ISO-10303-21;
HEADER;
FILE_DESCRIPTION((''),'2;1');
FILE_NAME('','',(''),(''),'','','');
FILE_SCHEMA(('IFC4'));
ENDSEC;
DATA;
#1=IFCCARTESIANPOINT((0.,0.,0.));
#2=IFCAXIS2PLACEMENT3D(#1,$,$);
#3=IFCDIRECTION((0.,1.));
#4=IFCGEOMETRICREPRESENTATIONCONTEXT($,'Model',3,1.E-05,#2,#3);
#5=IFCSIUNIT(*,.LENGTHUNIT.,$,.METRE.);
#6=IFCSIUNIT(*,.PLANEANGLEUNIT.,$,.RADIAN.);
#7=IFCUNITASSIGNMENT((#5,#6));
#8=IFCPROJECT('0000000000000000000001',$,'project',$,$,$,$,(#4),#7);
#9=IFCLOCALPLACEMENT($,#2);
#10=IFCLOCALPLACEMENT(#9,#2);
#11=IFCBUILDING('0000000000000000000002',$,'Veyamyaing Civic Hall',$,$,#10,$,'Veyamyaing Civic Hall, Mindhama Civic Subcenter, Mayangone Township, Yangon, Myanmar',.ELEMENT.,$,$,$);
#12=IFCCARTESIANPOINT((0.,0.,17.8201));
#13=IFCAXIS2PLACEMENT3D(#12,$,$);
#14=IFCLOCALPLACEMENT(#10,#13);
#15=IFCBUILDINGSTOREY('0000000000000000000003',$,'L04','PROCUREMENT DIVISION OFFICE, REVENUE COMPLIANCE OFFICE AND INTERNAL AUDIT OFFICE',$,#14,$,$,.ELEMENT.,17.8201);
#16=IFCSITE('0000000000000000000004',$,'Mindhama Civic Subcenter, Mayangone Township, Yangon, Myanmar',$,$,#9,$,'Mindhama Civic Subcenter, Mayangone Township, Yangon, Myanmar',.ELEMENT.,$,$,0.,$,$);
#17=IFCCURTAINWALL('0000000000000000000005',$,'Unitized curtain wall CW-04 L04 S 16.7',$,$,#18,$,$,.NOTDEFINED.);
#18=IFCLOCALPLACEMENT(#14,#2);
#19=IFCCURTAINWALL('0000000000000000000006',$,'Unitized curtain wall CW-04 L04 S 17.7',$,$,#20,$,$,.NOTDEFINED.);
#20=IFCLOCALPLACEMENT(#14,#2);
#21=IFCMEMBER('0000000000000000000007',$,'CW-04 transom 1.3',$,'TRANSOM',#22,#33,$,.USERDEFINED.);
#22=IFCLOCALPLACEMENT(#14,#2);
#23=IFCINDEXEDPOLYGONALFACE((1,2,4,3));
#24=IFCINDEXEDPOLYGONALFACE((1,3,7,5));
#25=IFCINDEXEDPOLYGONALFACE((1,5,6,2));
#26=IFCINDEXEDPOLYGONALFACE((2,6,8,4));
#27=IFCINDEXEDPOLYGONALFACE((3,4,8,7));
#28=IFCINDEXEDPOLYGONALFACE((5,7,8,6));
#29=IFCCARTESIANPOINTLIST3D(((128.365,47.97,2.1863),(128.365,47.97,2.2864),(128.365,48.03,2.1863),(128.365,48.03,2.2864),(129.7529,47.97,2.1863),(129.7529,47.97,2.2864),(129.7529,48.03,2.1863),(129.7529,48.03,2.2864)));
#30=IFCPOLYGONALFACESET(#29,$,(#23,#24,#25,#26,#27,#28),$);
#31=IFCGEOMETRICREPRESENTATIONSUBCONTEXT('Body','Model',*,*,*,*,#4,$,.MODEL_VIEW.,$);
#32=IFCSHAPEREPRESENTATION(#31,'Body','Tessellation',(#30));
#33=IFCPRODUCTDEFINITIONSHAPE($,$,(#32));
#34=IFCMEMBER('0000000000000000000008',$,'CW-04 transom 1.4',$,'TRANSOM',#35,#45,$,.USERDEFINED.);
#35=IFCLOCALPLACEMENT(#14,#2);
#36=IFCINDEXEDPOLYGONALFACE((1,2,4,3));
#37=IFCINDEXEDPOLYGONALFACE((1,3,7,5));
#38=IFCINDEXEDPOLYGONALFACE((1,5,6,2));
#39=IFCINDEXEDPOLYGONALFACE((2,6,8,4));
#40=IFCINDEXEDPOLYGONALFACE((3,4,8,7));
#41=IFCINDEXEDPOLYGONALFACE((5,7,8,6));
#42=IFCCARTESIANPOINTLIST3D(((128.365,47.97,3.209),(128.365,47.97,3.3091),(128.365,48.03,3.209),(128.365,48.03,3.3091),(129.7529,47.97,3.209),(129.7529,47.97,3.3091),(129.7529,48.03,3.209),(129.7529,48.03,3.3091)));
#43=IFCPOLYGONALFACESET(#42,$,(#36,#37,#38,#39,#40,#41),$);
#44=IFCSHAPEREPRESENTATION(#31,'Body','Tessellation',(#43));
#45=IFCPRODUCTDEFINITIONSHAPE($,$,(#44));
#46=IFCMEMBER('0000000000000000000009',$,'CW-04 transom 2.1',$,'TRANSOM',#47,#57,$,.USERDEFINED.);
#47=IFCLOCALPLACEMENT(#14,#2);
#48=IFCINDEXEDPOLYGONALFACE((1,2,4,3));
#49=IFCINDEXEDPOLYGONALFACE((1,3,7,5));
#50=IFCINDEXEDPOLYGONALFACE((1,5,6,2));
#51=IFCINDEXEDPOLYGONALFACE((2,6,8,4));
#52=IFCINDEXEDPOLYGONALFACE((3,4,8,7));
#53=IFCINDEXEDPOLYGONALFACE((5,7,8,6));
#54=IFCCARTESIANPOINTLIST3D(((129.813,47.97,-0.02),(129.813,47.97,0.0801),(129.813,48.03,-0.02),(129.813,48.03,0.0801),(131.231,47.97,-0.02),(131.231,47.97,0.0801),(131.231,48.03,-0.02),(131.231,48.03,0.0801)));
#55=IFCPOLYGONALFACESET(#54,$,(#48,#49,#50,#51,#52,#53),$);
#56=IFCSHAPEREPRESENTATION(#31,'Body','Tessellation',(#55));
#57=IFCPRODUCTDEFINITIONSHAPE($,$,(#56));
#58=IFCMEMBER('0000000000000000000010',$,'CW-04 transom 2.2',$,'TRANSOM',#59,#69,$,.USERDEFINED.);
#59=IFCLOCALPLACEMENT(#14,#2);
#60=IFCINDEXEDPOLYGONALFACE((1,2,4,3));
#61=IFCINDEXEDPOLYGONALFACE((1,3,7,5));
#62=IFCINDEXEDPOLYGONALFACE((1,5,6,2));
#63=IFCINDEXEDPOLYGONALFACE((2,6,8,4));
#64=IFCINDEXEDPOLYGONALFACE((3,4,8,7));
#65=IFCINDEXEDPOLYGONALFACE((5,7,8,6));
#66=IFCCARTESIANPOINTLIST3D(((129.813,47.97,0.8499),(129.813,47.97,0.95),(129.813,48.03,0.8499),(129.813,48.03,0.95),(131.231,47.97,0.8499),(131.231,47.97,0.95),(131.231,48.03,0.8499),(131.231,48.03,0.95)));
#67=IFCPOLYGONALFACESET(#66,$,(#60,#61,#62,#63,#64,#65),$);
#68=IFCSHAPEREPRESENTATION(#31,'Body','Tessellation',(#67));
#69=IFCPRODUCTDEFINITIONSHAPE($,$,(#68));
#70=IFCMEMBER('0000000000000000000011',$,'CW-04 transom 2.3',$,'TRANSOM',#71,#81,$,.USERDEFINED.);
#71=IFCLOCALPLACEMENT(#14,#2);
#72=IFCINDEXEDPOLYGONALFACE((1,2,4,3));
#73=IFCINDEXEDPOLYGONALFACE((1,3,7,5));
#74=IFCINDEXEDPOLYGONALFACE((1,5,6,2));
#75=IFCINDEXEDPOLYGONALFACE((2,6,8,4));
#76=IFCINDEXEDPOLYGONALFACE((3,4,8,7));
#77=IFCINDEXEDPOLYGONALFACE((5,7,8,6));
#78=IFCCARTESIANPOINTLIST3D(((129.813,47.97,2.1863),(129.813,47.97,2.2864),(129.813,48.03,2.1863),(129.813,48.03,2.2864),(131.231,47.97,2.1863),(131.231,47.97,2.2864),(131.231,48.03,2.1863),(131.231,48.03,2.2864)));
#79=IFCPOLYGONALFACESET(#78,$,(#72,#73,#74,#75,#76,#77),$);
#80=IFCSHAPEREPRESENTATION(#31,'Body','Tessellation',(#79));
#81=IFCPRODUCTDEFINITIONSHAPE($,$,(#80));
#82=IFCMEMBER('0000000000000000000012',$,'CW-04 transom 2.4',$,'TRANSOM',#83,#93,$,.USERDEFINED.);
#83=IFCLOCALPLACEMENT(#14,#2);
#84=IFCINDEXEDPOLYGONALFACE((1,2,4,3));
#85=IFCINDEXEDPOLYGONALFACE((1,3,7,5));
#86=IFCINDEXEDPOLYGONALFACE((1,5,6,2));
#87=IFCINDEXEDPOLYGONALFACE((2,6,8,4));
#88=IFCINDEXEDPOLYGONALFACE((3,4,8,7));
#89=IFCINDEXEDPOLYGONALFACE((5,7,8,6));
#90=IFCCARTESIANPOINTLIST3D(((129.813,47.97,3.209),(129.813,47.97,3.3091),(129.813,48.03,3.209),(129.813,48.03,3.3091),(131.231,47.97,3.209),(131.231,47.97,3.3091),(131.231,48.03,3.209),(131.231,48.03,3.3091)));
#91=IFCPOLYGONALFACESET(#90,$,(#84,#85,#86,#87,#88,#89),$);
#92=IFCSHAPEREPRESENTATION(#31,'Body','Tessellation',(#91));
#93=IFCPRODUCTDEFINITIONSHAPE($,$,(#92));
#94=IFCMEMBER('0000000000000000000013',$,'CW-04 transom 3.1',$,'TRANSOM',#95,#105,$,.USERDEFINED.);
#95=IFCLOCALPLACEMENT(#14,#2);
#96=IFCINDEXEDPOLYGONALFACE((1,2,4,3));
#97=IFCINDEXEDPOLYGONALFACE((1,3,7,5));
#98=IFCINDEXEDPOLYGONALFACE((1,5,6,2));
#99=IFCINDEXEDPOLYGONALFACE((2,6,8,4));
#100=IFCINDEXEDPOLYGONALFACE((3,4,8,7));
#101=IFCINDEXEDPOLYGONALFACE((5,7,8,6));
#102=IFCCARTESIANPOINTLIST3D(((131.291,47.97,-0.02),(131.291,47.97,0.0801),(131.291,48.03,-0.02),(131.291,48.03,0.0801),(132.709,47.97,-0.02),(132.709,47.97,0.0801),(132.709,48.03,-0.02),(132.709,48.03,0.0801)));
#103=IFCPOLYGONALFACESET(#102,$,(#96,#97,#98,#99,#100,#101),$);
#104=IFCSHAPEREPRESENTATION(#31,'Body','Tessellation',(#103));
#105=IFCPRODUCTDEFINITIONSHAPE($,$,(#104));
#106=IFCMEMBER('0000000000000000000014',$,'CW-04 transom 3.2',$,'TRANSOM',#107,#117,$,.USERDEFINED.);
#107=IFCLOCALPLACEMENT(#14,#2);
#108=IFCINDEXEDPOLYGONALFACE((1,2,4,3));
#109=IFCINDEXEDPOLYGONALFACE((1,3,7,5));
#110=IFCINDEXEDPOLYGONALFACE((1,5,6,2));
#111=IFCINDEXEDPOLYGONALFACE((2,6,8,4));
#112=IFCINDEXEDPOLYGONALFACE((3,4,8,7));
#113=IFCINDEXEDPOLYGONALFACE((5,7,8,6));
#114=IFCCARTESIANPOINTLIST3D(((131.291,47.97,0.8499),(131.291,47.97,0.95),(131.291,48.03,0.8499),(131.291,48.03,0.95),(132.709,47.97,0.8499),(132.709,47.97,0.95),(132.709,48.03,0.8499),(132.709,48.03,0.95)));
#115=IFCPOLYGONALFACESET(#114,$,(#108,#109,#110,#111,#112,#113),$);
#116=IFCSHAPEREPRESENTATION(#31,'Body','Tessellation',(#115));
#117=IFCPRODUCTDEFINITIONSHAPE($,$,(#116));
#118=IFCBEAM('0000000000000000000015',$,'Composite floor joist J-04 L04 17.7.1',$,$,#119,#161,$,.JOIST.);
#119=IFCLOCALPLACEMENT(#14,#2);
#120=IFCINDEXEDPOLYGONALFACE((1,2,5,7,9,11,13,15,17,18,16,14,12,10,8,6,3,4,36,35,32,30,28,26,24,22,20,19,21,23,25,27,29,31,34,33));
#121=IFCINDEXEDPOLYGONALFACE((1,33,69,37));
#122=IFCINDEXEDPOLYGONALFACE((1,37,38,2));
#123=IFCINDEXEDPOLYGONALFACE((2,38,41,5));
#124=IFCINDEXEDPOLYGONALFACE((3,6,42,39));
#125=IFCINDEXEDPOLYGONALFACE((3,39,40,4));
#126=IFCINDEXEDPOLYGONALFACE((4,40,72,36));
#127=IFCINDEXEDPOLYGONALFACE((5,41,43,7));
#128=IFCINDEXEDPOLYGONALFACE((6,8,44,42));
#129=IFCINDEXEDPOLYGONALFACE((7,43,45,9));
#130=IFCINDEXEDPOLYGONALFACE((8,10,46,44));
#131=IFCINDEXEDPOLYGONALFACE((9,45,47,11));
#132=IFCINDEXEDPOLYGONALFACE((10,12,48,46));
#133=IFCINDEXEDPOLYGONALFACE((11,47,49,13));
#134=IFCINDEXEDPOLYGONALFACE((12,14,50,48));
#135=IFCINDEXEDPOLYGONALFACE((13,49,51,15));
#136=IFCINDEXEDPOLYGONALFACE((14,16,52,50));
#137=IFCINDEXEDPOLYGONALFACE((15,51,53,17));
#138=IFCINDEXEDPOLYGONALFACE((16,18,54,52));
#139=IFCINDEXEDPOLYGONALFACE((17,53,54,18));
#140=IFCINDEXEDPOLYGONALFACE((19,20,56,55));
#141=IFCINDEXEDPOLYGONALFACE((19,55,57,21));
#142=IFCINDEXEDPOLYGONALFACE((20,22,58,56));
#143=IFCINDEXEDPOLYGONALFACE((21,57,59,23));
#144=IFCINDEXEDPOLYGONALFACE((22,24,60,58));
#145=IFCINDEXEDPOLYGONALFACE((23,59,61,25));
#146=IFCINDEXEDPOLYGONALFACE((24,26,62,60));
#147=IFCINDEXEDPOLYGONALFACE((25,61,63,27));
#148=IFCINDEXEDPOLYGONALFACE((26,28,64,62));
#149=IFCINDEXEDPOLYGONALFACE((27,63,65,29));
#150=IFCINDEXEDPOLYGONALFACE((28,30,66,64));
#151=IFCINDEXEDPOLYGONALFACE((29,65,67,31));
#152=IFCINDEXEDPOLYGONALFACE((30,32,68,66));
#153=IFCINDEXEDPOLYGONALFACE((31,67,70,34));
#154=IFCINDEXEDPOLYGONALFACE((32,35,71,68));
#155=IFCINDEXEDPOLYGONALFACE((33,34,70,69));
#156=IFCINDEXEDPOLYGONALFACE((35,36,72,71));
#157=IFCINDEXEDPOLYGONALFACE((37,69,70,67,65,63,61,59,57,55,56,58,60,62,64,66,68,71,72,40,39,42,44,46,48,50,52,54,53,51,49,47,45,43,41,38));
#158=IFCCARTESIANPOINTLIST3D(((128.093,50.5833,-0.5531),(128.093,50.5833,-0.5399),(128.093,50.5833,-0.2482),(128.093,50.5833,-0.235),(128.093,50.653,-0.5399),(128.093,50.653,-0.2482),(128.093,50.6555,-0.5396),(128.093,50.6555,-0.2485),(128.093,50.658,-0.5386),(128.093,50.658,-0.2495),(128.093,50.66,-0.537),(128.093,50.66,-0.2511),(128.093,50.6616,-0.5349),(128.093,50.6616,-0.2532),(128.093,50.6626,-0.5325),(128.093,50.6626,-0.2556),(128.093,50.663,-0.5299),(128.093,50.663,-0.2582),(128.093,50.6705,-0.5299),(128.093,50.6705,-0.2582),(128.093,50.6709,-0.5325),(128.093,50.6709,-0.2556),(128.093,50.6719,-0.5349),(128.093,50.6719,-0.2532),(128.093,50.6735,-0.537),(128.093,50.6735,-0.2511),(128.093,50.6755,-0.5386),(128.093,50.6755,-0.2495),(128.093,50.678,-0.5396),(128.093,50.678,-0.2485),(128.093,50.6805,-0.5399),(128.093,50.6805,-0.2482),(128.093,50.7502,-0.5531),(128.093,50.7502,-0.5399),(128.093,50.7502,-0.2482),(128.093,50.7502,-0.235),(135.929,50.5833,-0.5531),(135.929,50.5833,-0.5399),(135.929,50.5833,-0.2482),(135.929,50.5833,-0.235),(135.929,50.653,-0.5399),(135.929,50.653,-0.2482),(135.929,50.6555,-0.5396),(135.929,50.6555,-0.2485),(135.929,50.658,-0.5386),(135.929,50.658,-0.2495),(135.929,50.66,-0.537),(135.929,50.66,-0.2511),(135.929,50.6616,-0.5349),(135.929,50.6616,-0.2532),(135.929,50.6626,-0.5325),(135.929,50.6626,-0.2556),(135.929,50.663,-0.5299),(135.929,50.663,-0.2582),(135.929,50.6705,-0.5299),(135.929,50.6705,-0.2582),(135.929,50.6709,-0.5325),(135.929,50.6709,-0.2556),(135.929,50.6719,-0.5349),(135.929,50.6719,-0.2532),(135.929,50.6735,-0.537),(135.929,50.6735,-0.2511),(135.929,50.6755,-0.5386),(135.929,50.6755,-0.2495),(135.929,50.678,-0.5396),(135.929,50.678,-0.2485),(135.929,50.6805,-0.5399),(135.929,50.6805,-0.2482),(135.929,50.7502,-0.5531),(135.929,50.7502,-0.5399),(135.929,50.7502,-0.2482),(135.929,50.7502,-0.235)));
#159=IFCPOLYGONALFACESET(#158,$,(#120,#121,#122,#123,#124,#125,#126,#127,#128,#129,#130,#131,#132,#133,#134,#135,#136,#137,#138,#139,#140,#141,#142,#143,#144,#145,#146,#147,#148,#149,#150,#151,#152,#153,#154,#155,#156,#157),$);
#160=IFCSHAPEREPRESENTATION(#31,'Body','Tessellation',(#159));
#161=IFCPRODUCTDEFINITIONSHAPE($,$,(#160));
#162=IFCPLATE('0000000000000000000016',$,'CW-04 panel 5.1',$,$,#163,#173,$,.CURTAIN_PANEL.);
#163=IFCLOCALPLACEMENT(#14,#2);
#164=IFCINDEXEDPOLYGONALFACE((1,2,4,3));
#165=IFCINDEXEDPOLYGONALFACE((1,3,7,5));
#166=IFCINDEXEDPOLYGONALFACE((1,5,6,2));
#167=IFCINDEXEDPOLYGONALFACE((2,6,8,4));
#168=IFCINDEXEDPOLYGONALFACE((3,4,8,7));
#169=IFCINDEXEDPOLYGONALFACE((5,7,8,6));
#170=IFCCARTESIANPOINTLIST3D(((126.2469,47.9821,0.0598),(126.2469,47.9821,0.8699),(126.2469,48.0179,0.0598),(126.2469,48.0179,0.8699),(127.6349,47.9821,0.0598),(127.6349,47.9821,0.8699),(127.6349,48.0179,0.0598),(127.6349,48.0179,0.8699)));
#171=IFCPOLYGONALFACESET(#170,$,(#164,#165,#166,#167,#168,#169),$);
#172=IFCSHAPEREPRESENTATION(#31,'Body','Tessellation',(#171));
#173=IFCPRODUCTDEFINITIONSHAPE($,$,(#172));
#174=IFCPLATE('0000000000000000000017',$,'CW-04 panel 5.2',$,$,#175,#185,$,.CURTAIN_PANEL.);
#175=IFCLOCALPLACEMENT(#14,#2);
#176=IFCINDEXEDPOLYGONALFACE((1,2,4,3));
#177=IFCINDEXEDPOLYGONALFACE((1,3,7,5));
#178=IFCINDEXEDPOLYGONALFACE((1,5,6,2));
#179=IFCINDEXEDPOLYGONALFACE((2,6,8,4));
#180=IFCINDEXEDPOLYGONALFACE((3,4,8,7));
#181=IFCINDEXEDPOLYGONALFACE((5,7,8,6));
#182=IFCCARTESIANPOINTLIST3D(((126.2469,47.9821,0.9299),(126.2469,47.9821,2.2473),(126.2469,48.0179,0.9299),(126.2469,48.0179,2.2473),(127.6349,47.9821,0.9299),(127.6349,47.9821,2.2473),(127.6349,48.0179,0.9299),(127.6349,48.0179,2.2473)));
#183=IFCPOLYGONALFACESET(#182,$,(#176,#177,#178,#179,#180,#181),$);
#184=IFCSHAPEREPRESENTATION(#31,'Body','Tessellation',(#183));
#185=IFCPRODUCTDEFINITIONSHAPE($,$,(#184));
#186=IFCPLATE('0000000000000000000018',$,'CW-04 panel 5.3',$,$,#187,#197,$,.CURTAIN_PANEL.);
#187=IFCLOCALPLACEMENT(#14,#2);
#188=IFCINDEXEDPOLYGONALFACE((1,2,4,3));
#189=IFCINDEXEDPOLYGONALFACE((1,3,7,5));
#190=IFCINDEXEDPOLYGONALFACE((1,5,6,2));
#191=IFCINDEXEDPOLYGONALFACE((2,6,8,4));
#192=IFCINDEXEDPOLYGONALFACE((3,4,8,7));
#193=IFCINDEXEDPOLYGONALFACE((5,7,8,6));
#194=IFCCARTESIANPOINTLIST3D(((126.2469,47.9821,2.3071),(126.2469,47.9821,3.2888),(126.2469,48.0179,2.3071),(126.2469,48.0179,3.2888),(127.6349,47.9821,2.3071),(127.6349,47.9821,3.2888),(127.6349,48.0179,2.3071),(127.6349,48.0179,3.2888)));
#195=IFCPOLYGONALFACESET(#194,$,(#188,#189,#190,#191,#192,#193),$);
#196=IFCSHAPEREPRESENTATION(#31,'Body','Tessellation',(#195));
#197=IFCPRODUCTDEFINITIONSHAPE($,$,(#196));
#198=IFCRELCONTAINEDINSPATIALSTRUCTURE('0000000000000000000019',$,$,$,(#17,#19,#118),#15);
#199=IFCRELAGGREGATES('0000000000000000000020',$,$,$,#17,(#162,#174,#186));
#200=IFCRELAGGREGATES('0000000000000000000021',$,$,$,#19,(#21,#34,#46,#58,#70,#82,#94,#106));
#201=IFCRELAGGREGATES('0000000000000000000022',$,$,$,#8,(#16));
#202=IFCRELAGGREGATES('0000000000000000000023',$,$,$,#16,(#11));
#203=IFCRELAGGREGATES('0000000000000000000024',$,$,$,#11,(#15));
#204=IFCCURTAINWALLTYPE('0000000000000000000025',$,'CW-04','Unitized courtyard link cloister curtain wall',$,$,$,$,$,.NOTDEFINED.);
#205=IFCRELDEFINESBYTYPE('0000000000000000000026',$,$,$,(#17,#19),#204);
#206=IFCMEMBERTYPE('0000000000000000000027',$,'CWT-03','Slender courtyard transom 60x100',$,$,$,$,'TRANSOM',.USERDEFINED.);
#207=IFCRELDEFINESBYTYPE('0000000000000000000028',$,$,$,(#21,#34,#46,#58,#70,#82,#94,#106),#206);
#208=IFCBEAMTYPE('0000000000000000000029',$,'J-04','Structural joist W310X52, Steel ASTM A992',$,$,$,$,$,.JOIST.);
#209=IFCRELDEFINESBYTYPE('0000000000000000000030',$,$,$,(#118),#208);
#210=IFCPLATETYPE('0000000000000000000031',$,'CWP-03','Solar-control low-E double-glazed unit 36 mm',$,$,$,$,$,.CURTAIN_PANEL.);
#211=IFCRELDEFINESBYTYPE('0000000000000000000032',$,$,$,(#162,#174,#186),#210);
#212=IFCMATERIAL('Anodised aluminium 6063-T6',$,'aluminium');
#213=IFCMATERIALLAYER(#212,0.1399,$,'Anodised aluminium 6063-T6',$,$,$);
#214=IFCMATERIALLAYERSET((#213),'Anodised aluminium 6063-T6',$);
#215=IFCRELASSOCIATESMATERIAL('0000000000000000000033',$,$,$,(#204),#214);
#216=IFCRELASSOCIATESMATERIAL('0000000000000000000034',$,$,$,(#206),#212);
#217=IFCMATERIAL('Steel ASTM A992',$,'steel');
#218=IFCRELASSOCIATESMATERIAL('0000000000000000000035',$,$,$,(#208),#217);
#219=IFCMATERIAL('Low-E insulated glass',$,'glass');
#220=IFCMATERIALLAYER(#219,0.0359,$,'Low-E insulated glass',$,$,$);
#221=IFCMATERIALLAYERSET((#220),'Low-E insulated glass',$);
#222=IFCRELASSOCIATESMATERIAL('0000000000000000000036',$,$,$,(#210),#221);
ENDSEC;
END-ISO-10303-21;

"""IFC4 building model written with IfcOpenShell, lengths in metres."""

from ifc_helpers import new_model, si_unit, direction, frame, origin, origin_2d, place, context, subcontext, project, spatial, rectangle, i_section, extrude, material, layer, layer_set, material_profile, profile_set, type_object, element, aggregate, save


model = new_model("IFC4")

# Units and contexts
model_context = context("Model", 3, precision=1e-05, world=origin(), true_north=direction((0.0, 1.0)))
body_context = subcontext(model_context, "Body", "Model", "MODEL_VIEW")
ifc_project = project(units=[si_unit("LENGTHUNIT", "METRE"), si_unit("PLANEANGLEUNIT", "RADIAN")], contexts=[model_context])

# Site, building, storey
site_placement = place(None, origin())
site = spatial("IfcSite", under=ifc_project, at=site_placement, Name="Mindhama Civic Subcenter, Mayangone Township, Yangon, Myanmar", LongName="Mindhama Civic Subcenter, Mayangone Township, Yangon, Myanmar", CompositionType="ELEMENT", RefElevation=0.0)
building_placement = place(site_placement, origin())
building = spatial("IfcBuilding", under=site, at=building_placement, Name="Veyamyaing Civic Hall", LongName="Veyamyaing Civic Hall, Mindhama Civic Subcenter, Mayangone Township, Yangon, Myanmar", CompositionType="ELEMENT")
storey_placement = place(building_placement, frame((0.0, 0.0, 17.8201)))
storey = spatial("IfcBuildingStorey", under=building, at=storey_placement, Name="L04", Description="PROCUREMENT DIVISION OFFICE, REVENUE COMPLIANCE OFFICE AND INTERNAL AUDIT OFFICE", CompositionType="ELEMENT", Elevation=17.8201)

# Shared definitions
ifc_material_1 = material(Name="Steel ASTM A992", Category="steel")

# Curtain wall
ifc_material_2 = material(Name="Anodised aluminium 6063-T6", Category="aluminium")
ifc_layer_1 = layer(ifc_material_2, 0.1399, Name="Anodised aluminium 6063-T6")
ifc_layer_set_1 = layer_set([ifc_layer_1], Name="Anodised aluminium 6063-T6")
curtain_wall_type = type_object("IfcCurtainWallType", Name="CW-04", Description="Unitized courtyard link cloister curtain wall", PredefinedType="NOTDEFINED", material=ifc_layer_set_1)
curtain_wall_1_placement = place(storey_placement, origin())
curtain_wall_1 = element("IfcCurtainWall", 1, at=curtain_wall_1_placement, inside=storey, type_object=curtain_wall_type, Name="Unitized curtain wall CW-04 L04 S 16.7", PredefinedType="NOTDEFINED")

# Curtain wall, members
curtain_wall_2_placement = place(storey_placement, origin())
curtain_wall_2 = element("IfcCurtainWall", 2, at=curtain_wall_2_placement, inside=storey, type_object=curtain_wall_type, Name="Unitized curtain wall CW-04 L04 S 17.7", PredefinedType="NOTDEFINED")
ifc_material_profile_1 = material_profile(ifc_material_2, rectangle(XDim=0.0601, YDim=0.1001, at=origin_2d()), Name="ALU-TRN-60X100")
ifc_profile_set_1 = profile_set([ifc_material_profile_1], Name="Anodised aluminium 6063-T6")
member_type_1 = type_object("IfcMemberType", Name="CWT-03", Description="Slender courtyard transom 60x100", ElementType="TRANSOM", PredefinedType="USERDEFINED", material=ifc_profile_set_1)
member_1_placement = place(storey_placement, frame((128.365, 48.0, 2.2363), z_axis=(1.0, 0.0, 0.0), x_axis=(0.0, 1.0, 0.0)))
member_1 = element("IfcMember", 3, at=member_1_placement, type_object=member_type_1, Name="CW-04 transom 1.3", ObjectType="TRANSOM", PredefinedType="USERDEFINED", context=body_context, shape_type="SweptSolid", body=[
    extrude(rectangle(XDim=0.0601, YDim=0.1001, at=origin_2d()), origin(), (0.0, 0.0, 1.0), 1.3879),
])
member_2_placement = place(storey_placement, frame((128.365, 48.0, 3.259), z_axis=(1.0, 0.0, 0.0), x_axis=(0.0, 1.0, 0.0)))
member_2 = element("IfcMember", 4, at=member_2_placement, type_object=member_type_1, Name="CW-04 transom 1.4", ObjectType="TRANSOM", PredefinedType="USERDEFINED", context=body_context, shape_type="SweptSolid", body=[
    extrude(rectangle(XDim=0.0601, YDim=0.1001, at=origin_2d()), origin(), (0.0, 0.0, 1.0), 1.3879),
])
member_3_placement = place(storey_placement, frame((129.813, 48.0, 0.03), z_axis=(1.0, 0.0, 0.0), x_axis=(0.0, 1.0, 0.0)))
member_3 = element("IfcMember", 5, at=member_3_placement, type_object=member_type_1, Name="CW-04 transom 2.1", ObjectType="TRANSOM", PredefinedType="USERDEFINED", context=body_context, shape_type="SweptSolid", body=[
    extrude(rectangle(XDim=0.0601, YDim=0.1001, at=origin_2d()), origin(), (0.0, 0.0, 1.0), 1.418),
])
member_4_placement = place(storey_placement, frame((129.813, 48.0, 0.8999), z_axis=(1.0, 0.0, 0.0), x_axis=(0.0, 1.0, 0.0)))
member_4 = element("IfcMember", 6, at=member_4_placement, type_object=member_type_1, Name="CW-04 transom 2.2", ObjectType="TRANSOM", PredefinedType="USERDEFINED", context=body_context, shape_type="SweptSolid", body=[
    extrude(rectangle(XDim=0.0601, YDim=0.1001, at=origin_2d()), origin(), (0.0, 0.0, 1.0), 1.418),
])
member_5_placement = place(storey_placement, frame((129.813, 48.0, 2.2363), z_axis=(1.0, 0.0, 0.0), x_axis=(0.0, 1.0, 0.0)))
member_5 = element("IfcMember", 7, at=member_5_placement, type_object=member_type_1, Name="CW-04 transom 2.3", ObjectType="TRANSOM", PredefinedType="USERDEFINED", context=body_context, shape_type="SweptSolid", body=[
    extrude(rectangle(XDim=0.0601, YDim=0.1001, at=origin_2d()), origin(), (0.0, 0.0, 1.0), 1.418),
])
member_6_placement = place(storey_placement, frame((129.813, 48.0, 3.259), z_axis=(1.0, 0.0, 0.0), x_axis=(0.0, 1.0, 0.0)))
member_6 = element("IfcMember", 8, at=member_6_placement, type_object=member_type_1, Name="CW-04 transom 2.4", ObjectType="TRANSOM", PredefinedType="USERDEFINED", context=body_context, shape_type="SweptSolid", body=[
    extrude(rectangle(XDim=0.0601, YDim=0.1001, at=origin_2d()), origin(), (0.0, 0.0, 1.0), 1.418),
])
member_7_placement = place(storey_placement, frame((131.291, 48.0, 0.03), z_axis=(1.0, 0.0, 0.0), x_axis=(0.0, 1.0, 0.0)))
member_7 = element("IfcMember", 9, at=member_7_placement, type_object=member_type_1, Name="CW-04 transom 3.1", ObjectType="TRANSOM", PredefinedType="USERDEFINED", context=body_context, shape_type="SweptSolid", body=[
    extrude(rectangle(XDim=0.0601, YDim=0.1001, at=origin_2d()), origin(), (0.0, 0.0, 1.0), 1.418),
])
member_8_placement = place(storey_placement, frame((131.291, 48.0, 0.8999), z_axis=(1.0, 0.0, 0.0), x_axis=(0.0, 1.0, 0.0)))
member_8 = element("IfcMember", 10, at=member_8_placement, type_object=member_type_1, Name="CW-04 transom 3.2", ObjectType="TRANSOM", PredefinedType="USERDEFINED", context=body_context, shape_type="SweptSolid", body=[
    extrude(rectangle(XDim=0.0601, YDim=0.1001, at=origin_2d()), origin(), (0.0, 0.0, 1.0), 1.418),
])

# Beam
ifc_material_profile_2 = material_profile(ifc_material_1, i_section(OverallWidth=0.167, OverallDepth=0.3181, WebThickness=0.0076, FlangeThickness=0.0132, FilletRadius=0.01, at=origin_2d()), Name="W310X52")
ifc_profile_set_2 = profile_set([ifc_material_profile_2], Name="Steel ASTM A992")
beam_type_1 = type_object("IfcBeamType", Name="J-04", Description="Structural joist W310X52, Steel ASTM A992", PredefinedType="JOIST", material=ifc_profile_set_2)
beam_1_placement = place(storey_placement, frame((128.093, 50.6667, -0.394), z_axis=(1.0, 0.0, 0.0), x_axis=(0.0, 1.0, 0.0)))
element("IfcBeam", 11, at=beam_1_placement, inside=storey, type_object=beam_type_1, Name="Composite floor joist J-04 L04 17.7.1", PredefinedType="JOIST", context=body_context, shape_type="SweptSolid", body=[
    extrude(i_section(OverallWidth=0.167, OverallDepth=0.3181, WebThickness=0.0076, FlangeThickness=0.0132, FilletRadius=0.01, at=origin_2d()), origin(), (0.0, 0.0, 1.0), 7.8359),
])

# Plates
ifc_material_3 = material(Name="Low-E insulated glass", Category="glass")
ifc_layer_2 = layer(ifc_material_3, 0.0359, Name="Low-E insulated glass")
ifc_layer_set_2 = layer_set([ifc_layer_2], Name="Low-E insulated glass")
plate_type_1 = type_object("IfcPlateType", Name="CWP-03", Description="Solar-control low-E double-glazed unit 36 mm", PredefinedType="CURTAIN_PANEL", material=ifc_layer_set_2)
plate_1_placement = place(storey_placement, frame((126.9409, 48.0, 0.0598), z_axis=(0.0, 0.0, 1.0), x_axis=(1.0, 0.0, 0.0)))
plate_1 = element("IfcPlate", 12, at=plate_1_placement, type_object=plate_type_1, Name="CW-04 panel 5.1", PredefinedType="CURTAIN_PANEL", context=body_context, shape_type="SweptSolid", body=[
    extrude(rectangle(XDim=1.3879, YDim=0.0359, at=origin_2d()), origin(), (0.0, 0.0, 1.0), 0.8101),
])
plate_2_placement = place(storey_placement, frame((126.9409, 48.0, 0.9299), z_axis=(0.0, 0.0, 1.0), x_axis=(1.0, 0.0, 0.0)))
plate_2 = element("IfcPlate", 13, at=plate_2_placement, type_object=plate_type_1, Name="CW-04 panel 5.2", PredefinedType="CURTAIN_PANEL", context=body_context, shape_type="SweptSolid", body=[
    extrude(rectangle(XDim=1.3879, YDim=0.0359, at=origin_2d()), origin(), (0.0, 0.0, 1.0), 1.3174),
])
plate_3_placement = place(storey_placement, frame((126.9409, 48.0, 2.3071), z_axis=(0.0, 0.0, 1.0), x_axis=(1.0, 0.0, 0.0)))
plate_3 = element("IfcPlate", 14, at=plate_3_placement, type_object=plate_type_1, Name="CW-04 panel 5.3", PredefinedType="CURTAIN_PANEL", context=body_context, shape_type="SweptSolid", body=[
    extrude(rectangle(XDim=1.3879, YDim=0.0359, at=origin_2d()), origin(), (0.0, 0.0, 1.0), 0.9817),
])
aggregate(curtain_wall_1, [plate_1, plate_2, plate_3])
aggregate(curtain_wall_2, [member_1, member_2, member_3, member_4, member_5, member_6, member_7, member_8])

save(model, "model.ifc")
